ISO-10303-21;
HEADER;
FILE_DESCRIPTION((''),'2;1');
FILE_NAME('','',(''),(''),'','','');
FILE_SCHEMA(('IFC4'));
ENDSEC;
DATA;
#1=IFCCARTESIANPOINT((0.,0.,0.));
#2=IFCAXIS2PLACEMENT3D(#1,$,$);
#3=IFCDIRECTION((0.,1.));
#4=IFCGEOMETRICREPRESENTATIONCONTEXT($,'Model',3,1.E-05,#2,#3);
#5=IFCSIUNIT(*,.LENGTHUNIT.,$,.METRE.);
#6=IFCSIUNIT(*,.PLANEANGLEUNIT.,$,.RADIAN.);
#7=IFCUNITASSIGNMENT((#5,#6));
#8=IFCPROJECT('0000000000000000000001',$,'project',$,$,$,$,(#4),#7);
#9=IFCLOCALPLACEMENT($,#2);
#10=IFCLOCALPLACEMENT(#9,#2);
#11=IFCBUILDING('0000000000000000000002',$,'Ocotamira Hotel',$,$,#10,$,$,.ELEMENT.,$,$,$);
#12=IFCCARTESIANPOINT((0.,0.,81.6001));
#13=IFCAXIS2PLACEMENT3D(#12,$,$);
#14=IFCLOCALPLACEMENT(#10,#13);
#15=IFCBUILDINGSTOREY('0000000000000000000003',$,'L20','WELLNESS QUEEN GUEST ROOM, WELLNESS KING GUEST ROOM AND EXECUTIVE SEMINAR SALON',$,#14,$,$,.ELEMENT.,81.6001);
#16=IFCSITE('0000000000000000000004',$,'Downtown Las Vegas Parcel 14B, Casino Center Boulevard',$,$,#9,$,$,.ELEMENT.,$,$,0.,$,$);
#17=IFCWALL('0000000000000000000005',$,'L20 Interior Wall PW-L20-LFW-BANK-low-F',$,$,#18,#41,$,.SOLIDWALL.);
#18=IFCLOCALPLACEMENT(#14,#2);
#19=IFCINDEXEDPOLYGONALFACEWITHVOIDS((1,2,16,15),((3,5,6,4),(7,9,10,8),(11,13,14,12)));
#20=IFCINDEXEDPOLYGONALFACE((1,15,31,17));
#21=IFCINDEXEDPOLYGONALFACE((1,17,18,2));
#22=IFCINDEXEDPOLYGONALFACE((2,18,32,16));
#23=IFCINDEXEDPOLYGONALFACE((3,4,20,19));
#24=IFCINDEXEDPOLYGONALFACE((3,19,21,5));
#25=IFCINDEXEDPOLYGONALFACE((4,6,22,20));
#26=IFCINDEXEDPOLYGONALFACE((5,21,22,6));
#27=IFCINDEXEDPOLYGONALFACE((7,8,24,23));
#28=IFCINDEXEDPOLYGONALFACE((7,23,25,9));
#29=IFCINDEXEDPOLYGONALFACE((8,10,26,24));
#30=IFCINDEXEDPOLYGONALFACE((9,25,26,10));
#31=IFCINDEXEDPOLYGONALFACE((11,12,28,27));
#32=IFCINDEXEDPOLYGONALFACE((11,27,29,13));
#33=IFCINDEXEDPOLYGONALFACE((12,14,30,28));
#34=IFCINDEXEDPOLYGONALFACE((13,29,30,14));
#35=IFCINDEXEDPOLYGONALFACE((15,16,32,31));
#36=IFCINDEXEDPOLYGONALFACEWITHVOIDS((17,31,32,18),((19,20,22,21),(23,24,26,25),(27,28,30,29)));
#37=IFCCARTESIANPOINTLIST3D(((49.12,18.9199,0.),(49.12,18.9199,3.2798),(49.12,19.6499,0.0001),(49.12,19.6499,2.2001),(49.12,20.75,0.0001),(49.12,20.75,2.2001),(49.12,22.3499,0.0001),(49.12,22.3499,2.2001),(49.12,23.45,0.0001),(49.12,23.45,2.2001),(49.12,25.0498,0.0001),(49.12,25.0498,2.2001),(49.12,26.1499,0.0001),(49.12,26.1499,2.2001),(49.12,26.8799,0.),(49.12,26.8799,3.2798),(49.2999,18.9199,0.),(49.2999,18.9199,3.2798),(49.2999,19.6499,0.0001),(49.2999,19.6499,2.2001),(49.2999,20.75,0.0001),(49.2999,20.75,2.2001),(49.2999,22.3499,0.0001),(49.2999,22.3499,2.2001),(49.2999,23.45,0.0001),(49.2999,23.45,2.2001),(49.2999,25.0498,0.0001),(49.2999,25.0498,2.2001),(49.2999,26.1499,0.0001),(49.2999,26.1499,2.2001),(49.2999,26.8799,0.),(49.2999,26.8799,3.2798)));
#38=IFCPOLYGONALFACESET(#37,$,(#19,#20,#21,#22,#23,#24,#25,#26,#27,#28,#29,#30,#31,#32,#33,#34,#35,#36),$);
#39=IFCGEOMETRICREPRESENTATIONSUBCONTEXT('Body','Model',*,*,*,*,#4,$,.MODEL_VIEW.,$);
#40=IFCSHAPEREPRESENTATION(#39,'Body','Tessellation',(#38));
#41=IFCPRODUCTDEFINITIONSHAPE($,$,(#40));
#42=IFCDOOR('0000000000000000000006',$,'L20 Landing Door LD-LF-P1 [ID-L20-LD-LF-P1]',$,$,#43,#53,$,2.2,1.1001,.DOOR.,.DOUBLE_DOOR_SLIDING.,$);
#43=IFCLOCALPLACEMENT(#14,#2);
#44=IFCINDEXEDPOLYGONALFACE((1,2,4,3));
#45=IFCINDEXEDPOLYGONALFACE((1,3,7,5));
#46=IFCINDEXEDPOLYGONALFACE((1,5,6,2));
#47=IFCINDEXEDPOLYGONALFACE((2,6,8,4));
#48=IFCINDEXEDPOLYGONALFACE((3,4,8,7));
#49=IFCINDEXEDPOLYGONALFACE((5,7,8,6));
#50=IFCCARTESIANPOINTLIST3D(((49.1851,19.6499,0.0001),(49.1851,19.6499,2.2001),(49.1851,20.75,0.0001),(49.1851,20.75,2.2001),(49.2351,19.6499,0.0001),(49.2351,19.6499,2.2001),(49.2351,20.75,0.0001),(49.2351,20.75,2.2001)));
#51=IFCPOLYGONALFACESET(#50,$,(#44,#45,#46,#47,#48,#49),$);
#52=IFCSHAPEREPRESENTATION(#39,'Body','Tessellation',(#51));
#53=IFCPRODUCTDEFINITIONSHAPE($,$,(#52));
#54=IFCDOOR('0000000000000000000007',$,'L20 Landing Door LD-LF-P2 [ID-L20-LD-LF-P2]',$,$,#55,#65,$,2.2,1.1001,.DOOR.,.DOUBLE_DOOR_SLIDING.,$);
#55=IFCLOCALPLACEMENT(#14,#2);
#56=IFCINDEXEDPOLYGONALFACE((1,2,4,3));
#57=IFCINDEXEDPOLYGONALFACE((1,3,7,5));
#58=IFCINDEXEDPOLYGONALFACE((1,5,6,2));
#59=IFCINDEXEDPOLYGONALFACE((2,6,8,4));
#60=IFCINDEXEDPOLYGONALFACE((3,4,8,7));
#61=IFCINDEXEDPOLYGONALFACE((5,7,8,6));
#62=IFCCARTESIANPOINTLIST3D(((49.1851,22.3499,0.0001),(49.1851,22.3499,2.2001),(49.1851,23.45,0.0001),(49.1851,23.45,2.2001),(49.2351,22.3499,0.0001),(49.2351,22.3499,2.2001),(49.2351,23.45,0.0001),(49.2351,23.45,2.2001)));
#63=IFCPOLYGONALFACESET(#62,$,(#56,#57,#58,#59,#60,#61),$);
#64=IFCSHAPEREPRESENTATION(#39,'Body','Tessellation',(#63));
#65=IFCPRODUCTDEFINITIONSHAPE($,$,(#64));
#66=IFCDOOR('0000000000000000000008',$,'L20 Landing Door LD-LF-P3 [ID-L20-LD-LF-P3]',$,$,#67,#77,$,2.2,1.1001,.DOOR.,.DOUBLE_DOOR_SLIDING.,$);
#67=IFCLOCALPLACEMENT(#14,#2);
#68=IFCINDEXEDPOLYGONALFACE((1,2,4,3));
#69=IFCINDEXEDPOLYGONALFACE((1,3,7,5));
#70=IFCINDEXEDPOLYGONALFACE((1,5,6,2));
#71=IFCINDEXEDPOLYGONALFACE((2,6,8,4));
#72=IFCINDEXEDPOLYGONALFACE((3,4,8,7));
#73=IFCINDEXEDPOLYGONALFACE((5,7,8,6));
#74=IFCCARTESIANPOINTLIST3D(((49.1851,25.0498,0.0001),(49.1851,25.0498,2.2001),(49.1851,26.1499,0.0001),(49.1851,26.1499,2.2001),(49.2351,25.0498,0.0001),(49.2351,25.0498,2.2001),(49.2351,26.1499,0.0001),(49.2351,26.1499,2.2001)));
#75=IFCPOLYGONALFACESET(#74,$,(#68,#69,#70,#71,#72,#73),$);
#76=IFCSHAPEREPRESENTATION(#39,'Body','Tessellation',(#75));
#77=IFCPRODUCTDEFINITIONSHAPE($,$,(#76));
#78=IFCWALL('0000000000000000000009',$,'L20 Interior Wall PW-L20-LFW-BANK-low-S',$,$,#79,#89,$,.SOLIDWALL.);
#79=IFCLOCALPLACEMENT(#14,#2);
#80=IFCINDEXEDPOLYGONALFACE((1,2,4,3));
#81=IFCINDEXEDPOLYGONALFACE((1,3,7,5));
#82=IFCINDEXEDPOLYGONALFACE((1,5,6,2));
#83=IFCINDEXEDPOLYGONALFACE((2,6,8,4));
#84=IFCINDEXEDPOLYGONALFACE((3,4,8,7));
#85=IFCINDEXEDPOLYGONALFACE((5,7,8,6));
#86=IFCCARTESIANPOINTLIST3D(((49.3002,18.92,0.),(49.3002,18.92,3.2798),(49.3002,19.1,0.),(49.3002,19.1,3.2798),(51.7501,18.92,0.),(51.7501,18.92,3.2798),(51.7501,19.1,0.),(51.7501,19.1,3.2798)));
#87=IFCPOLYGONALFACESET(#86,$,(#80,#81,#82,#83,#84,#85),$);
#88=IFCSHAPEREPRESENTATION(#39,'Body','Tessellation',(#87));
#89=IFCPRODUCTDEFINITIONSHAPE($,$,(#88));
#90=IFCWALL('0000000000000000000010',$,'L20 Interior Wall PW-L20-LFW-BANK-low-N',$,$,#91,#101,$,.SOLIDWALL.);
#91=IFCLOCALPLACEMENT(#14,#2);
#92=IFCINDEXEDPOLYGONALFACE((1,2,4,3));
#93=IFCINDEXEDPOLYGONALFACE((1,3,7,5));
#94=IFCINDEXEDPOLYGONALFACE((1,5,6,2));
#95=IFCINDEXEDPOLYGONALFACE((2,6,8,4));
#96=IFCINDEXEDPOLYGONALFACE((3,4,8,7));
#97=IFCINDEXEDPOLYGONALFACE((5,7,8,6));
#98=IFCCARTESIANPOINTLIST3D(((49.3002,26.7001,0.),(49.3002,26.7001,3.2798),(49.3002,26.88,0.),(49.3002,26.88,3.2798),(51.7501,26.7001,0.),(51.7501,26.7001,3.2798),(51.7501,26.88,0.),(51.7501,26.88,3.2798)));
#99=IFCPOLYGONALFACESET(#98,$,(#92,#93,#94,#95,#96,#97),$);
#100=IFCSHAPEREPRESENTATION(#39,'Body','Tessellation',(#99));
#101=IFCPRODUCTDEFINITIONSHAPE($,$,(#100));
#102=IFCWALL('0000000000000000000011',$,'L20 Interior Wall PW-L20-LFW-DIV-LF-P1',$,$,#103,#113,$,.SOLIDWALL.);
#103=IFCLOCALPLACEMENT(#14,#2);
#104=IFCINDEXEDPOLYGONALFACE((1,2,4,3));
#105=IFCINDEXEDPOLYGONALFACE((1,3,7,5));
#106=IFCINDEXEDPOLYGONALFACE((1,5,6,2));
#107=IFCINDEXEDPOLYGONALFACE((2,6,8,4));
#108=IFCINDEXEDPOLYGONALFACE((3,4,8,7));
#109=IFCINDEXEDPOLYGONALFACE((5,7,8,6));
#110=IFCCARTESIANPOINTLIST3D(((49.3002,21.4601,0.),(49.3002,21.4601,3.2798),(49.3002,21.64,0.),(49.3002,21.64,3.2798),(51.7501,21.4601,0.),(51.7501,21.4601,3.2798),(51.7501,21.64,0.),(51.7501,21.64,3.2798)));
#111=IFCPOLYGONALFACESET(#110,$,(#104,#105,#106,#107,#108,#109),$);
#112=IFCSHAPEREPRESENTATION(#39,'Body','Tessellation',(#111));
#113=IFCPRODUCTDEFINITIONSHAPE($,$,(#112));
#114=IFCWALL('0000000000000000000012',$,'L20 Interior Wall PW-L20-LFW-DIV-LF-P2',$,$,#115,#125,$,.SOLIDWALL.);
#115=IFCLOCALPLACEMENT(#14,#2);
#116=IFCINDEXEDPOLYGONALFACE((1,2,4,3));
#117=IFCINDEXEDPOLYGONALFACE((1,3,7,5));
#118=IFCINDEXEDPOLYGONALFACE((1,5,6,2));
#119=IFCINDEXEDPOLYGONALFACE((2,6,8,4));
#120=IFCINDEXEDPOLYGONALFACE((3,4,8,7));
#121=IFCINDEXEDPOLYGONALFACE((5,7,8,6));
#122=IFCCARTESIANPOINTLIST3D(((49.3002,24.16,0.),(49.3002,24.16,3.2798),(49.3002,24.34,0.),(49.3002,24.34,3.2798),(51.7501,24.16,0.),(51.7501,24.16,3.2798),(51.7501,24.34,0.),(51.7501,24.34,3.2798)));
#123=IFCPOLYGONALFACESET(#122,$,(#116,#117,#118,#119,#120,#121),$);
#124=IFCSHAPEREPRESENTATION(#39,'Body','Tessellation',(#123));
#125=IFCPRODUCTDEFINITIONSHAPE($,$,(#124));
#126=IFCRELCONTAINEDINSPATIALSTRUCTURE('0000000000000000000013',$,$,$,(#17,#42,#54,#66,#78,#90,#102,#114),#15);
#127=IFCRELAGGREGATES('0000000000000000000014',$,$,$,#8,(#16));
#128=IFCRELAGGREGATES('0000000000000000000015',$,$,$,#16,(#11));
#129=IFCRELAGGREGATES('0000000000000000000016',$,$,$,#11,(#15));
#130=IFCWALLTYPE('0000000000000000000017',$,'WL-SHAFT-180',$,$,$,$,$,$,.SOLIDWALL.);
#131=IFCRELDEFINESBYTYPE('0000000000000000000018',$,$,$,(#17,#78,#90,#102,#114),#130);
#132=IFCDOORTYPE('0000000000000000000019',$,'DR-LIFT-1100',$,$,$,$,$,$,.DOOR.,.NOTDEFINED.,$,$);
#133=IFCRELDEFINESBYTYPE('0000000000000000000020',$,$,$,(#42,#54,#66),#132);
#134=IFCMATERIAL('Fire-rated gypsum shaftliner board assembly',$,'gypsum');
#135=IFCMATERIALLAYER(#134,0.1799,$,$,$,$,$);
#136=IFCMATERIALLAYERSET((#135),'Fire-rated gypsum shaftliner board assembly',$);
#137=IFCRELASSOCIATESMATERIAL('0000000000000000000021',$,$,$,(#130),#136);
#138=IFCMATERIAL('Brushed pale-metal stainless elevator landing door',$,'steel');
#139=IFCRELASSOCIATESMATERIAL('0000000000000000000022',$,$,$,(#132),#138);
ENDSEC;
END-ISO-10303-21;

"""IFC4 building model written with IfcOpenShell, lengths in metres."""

from ifc_helpers import new_model, si_unit, direction, frame, frame_2d, origin, place, context, subcontext, project, spatial, rectangle, extrude, source, transform, mapped, material, layer, layer_set, type_object, element, fill, save


model = new_model("IFC4")

# Units and contexts
model_context = context("Model", 3, precision=1e-05, world=origin(), true_north=direction((0.0, 1.0)))
body_context = subcontext(model_context, "Body", "Model", "MODEL_VIEW")
ifc_project = project(units=[si_unit("LENGTHUNIT", "METRE"), si_unit("PLANEANGLEUNIT", "RADIAN")], contexts=[model_context])

# Site, building, storey
site_placement = place(None, origin())
site = spatial("IfcSite", under=ifc_project, at=site_placement, Name="Downtown Las Vegas Parcel 14B, Casino Center Boulevard", CompositionType="ELEMENT", RefElevation=0.0)
building_placement = place(site_placement, origin())
building = spatial("IfcBuilding", under=site, at=building_placement, Name="Ocotamira Hotel", CompositionType="ELEMENT")
storey_placement = place(building_placement, frame((0.0, 0.0, 81.6001)))
storey = spatial("IfcBuildingStorey", under=building, at=storey_placement, Name="L20", Description="WELLNESS QUEEN GUEST ROOM, WELLNESS KING GUEST ROOM AND EXECUTIVE SEMINAR SALON", CompositionType="ELEMENT", Elevation=81.6001)

# Wall, openings, doors
ifc_material_1 = material(Name="Fire-rated gypsum shaftliner board assembly", Category="gypsum")
ifc_layer_1 = layer(ifc_material_1, 0.1799)
ifc_layer_set_1 = layer_set([ifc_layer_1], Name="Fire-rated gypsum shaftliner board assembly")
wall_type_1 = type_object("IfcWallType", Name="WL-SHAFT-180", PredefinedType="SOLIDWALL", material=ifc_layer_set_1)
wall_1_placement = place(storey_placement, frame((49.21, 18.9199, 0.0), z_axis=(0.0, 0.0, 1.0), x_axis=(0.0, 1.0, 0.0)))
wall_1 = element("IfcWall", 1, at=wall_1_placement, inside=storey, type_object=wall_type_1, Name="L20 Interior Wall PW-L20-LFW-BANK-low-F", PredefinedType="SOLIDWALL", context=body_context, shape_type="SweptSolid", body=[
    extrude(rectangle(XDim=7.96, YDim=0.1799, at=frame_2d((3.98, 0.0))), origin(), (0.0, 0.0, 1.0), 3.2798),
])
opening_1_placement = place(wall_1_placement, frame((0.73, 0.0, 0.0)))
opening_1 = element("IfcOpeningElement", 2, at=opening_1_placement, cuts=wall_1, PredefinedType="OPENING", context=body_context, shape_type="SweptSolid", body=[
    extrude(rectangle(XDim=1.1001, YDim=2.2, at=frame_2d((0.55, 1.1001))), frame((0.0, 0.1001, 0.0), z_axis=(0.0, -1.0, 0.0), x_axis=(1.0, 0.0, 0.0)), (0.0, 0.0, 1.0), 0.2),
])
opening_2_placement = place(wall_1_placement, frame((3.4299, 0.0, 0.0)))
opening_2 = element("IfcOpeningElement", 3, at=opening_2_placement, cuts=wall_1, PredefinedType="OPENING", context=body_context, shape_type="SweptSolid", body=[
    extrude(rectangle(XDim=1.1001, YDim=2.2, at=frame_2d((0.55, 1.1001))), frame((0.0, 0.1001, 0.0), z_axis=(0.0, -1.0, 0.0), x_axis=(1.0, 0.0, 0.0)), (0.0, 0.0, 1.0), 0.2),
])
opening_3_placement = place(wall_1_placement, frame((6.1299, 0.0, 0.0)))
opening_3 = element("IfcOpeningElement", 4, at=opening_3_placement, cuts=wall_1, PredefinedType="OPENING", context=body_context, shape_type="SweptSolid", body=[
    extrude(rectangle(XDim=1.1001, YDim=2.2, at=frame_2d((0.55, 1.1001))), frame((0.0, 0.1001, 0.0), z_axis=(0.0, -1.0, 0.0), x_axis=(1.0, 0.0, 0.0)), (0.0, 0.0, 1.0), 0.2),
])
ifc_material_2 = material(Name="Brushed pale-metal stainless elevator landing door", Category="steel")
door_type = type_object("IfcDoorType", Name="DR-LIFT-1100", OperationType="NOTDEFINED", PredefinedType="DOOR", material=ifc_material_2)
shared_shape_1 = source(origin(), body_context, "Body", "SweptSolid", [
    extrude(rectangle(XDim=1.1001, YDim=2.2, at=frame_2d((0.55, 1.1001))), frame((0.0, 0.0249, 0.0), z_axis=(0.0, -1.0, 0.0), x_axis=(1.0, 0.0, 0.0)), (0.0, 0.0, 1.0), 0.05),
])
door_1_placement = place(opening_1_placement, origin())
door_1 = element("IfcDoor", 5, at=door_1_placement, inside=storey, type_object=door_type, Name="L20 Landing Door LD-LF-P1 [ID-L20-LD-LF-P1]", OperationType="DOUBLE_DOOR_SLIDING", OverallHeight=2.2, OverallWidth=1.1001, PredefinedType="DOOR", context=body_context, shape_type="MappedRepresentation", body=[
    mapped(shared_shape_1, transform((0.0, 0.0, 0.0), scale=1.0)),
])
fill(opening_1, door_1)
door_2_placement = place(opening_2_placement, origin())
door_2 = element("IfcDoor", 6, at=door_2_placement, inside=storey, type_object=door_type, Name="L20 Landing Door LD-LF-P2 [ID-L20-LD-LF-P2]", OperationType="DOUBLE_DOOR_SLIDING", OverallHeight=2.2, OverallWidth=1.1001, PredefinedType="DOOR", context=body_context, shape_type="MappedRepresentation", body=[
    mapped(shared_shape_1, transform((0.0, 0.0, 0.0), scale=1.0)),
])
fill(opening_2, door_2)
door_3_placement = place(opening_3_placement, origin())
door_3 = element("IfcDoor", 7, at=door_3_placement, inside=storey, type_object=door_type, Name="L20 Landing Door LD-LF-P3 [ID-L20-LD-LF-P3]", OperationType="DOUBLE_DOOR_SLIDING", OverallHeight=2.2, OverallWidth=1.1001, PredefinedType="DOOR", context=body_context, shape_type="MappedRepresentation", body=[
    mapped(shared_shape_1, transform((0.0, 0.0, 0.0), scale=1.0)),
])
fill(opening_3, door_3)

# Walls
for number, where, z_axis, x_axis, name in (
    (8, (49.3, 19.01, 0.0), (0.0, 0.0, 1.0), (1.0, 0.0, 0.0), "L20 Interior Wall PW-L20-LFW-BANK-low-S"),
    (9, (49.3, 26.79, 0.0), (0.0, 0.0, 1.0), (1.0, 0.0, 0.0), "L20 Interior Wall PW-L20-LFW-BANK-low-N"),
    (10, (49.3, 21.55, 0.0), (0.0, 0.0, 1.0), (1.0, 0.0, 0.0), "L20 Interior Wall PW-L20-LFW-DIV-LF-P1"),
    (11, (49.3, 24.25, 0.0), (0.0, 0.0, 1.0), (1.0, 0.0, 0.0), "L20 Interior Wall PW-L20-LFW-DIV-LF-P2"),
):
    element("IfcWall", number, at=place(storey_placement, frame(where, z_axis=z_axis, x_axis=x_axis)), inside=storey, type_object=wall_type_1, Name=name, PredefinedType="SOLIDWALL", context=body_context, shape_type="SweptSolid", body=[
        extrude(rectangle(XDim=2.45, YDim=0.1799, at=frame_2d((1.2251, 0.0))), origin(), (0.0, 0.0, 1.0), 3.2798),
    ])

save(model, "model.ifc")
